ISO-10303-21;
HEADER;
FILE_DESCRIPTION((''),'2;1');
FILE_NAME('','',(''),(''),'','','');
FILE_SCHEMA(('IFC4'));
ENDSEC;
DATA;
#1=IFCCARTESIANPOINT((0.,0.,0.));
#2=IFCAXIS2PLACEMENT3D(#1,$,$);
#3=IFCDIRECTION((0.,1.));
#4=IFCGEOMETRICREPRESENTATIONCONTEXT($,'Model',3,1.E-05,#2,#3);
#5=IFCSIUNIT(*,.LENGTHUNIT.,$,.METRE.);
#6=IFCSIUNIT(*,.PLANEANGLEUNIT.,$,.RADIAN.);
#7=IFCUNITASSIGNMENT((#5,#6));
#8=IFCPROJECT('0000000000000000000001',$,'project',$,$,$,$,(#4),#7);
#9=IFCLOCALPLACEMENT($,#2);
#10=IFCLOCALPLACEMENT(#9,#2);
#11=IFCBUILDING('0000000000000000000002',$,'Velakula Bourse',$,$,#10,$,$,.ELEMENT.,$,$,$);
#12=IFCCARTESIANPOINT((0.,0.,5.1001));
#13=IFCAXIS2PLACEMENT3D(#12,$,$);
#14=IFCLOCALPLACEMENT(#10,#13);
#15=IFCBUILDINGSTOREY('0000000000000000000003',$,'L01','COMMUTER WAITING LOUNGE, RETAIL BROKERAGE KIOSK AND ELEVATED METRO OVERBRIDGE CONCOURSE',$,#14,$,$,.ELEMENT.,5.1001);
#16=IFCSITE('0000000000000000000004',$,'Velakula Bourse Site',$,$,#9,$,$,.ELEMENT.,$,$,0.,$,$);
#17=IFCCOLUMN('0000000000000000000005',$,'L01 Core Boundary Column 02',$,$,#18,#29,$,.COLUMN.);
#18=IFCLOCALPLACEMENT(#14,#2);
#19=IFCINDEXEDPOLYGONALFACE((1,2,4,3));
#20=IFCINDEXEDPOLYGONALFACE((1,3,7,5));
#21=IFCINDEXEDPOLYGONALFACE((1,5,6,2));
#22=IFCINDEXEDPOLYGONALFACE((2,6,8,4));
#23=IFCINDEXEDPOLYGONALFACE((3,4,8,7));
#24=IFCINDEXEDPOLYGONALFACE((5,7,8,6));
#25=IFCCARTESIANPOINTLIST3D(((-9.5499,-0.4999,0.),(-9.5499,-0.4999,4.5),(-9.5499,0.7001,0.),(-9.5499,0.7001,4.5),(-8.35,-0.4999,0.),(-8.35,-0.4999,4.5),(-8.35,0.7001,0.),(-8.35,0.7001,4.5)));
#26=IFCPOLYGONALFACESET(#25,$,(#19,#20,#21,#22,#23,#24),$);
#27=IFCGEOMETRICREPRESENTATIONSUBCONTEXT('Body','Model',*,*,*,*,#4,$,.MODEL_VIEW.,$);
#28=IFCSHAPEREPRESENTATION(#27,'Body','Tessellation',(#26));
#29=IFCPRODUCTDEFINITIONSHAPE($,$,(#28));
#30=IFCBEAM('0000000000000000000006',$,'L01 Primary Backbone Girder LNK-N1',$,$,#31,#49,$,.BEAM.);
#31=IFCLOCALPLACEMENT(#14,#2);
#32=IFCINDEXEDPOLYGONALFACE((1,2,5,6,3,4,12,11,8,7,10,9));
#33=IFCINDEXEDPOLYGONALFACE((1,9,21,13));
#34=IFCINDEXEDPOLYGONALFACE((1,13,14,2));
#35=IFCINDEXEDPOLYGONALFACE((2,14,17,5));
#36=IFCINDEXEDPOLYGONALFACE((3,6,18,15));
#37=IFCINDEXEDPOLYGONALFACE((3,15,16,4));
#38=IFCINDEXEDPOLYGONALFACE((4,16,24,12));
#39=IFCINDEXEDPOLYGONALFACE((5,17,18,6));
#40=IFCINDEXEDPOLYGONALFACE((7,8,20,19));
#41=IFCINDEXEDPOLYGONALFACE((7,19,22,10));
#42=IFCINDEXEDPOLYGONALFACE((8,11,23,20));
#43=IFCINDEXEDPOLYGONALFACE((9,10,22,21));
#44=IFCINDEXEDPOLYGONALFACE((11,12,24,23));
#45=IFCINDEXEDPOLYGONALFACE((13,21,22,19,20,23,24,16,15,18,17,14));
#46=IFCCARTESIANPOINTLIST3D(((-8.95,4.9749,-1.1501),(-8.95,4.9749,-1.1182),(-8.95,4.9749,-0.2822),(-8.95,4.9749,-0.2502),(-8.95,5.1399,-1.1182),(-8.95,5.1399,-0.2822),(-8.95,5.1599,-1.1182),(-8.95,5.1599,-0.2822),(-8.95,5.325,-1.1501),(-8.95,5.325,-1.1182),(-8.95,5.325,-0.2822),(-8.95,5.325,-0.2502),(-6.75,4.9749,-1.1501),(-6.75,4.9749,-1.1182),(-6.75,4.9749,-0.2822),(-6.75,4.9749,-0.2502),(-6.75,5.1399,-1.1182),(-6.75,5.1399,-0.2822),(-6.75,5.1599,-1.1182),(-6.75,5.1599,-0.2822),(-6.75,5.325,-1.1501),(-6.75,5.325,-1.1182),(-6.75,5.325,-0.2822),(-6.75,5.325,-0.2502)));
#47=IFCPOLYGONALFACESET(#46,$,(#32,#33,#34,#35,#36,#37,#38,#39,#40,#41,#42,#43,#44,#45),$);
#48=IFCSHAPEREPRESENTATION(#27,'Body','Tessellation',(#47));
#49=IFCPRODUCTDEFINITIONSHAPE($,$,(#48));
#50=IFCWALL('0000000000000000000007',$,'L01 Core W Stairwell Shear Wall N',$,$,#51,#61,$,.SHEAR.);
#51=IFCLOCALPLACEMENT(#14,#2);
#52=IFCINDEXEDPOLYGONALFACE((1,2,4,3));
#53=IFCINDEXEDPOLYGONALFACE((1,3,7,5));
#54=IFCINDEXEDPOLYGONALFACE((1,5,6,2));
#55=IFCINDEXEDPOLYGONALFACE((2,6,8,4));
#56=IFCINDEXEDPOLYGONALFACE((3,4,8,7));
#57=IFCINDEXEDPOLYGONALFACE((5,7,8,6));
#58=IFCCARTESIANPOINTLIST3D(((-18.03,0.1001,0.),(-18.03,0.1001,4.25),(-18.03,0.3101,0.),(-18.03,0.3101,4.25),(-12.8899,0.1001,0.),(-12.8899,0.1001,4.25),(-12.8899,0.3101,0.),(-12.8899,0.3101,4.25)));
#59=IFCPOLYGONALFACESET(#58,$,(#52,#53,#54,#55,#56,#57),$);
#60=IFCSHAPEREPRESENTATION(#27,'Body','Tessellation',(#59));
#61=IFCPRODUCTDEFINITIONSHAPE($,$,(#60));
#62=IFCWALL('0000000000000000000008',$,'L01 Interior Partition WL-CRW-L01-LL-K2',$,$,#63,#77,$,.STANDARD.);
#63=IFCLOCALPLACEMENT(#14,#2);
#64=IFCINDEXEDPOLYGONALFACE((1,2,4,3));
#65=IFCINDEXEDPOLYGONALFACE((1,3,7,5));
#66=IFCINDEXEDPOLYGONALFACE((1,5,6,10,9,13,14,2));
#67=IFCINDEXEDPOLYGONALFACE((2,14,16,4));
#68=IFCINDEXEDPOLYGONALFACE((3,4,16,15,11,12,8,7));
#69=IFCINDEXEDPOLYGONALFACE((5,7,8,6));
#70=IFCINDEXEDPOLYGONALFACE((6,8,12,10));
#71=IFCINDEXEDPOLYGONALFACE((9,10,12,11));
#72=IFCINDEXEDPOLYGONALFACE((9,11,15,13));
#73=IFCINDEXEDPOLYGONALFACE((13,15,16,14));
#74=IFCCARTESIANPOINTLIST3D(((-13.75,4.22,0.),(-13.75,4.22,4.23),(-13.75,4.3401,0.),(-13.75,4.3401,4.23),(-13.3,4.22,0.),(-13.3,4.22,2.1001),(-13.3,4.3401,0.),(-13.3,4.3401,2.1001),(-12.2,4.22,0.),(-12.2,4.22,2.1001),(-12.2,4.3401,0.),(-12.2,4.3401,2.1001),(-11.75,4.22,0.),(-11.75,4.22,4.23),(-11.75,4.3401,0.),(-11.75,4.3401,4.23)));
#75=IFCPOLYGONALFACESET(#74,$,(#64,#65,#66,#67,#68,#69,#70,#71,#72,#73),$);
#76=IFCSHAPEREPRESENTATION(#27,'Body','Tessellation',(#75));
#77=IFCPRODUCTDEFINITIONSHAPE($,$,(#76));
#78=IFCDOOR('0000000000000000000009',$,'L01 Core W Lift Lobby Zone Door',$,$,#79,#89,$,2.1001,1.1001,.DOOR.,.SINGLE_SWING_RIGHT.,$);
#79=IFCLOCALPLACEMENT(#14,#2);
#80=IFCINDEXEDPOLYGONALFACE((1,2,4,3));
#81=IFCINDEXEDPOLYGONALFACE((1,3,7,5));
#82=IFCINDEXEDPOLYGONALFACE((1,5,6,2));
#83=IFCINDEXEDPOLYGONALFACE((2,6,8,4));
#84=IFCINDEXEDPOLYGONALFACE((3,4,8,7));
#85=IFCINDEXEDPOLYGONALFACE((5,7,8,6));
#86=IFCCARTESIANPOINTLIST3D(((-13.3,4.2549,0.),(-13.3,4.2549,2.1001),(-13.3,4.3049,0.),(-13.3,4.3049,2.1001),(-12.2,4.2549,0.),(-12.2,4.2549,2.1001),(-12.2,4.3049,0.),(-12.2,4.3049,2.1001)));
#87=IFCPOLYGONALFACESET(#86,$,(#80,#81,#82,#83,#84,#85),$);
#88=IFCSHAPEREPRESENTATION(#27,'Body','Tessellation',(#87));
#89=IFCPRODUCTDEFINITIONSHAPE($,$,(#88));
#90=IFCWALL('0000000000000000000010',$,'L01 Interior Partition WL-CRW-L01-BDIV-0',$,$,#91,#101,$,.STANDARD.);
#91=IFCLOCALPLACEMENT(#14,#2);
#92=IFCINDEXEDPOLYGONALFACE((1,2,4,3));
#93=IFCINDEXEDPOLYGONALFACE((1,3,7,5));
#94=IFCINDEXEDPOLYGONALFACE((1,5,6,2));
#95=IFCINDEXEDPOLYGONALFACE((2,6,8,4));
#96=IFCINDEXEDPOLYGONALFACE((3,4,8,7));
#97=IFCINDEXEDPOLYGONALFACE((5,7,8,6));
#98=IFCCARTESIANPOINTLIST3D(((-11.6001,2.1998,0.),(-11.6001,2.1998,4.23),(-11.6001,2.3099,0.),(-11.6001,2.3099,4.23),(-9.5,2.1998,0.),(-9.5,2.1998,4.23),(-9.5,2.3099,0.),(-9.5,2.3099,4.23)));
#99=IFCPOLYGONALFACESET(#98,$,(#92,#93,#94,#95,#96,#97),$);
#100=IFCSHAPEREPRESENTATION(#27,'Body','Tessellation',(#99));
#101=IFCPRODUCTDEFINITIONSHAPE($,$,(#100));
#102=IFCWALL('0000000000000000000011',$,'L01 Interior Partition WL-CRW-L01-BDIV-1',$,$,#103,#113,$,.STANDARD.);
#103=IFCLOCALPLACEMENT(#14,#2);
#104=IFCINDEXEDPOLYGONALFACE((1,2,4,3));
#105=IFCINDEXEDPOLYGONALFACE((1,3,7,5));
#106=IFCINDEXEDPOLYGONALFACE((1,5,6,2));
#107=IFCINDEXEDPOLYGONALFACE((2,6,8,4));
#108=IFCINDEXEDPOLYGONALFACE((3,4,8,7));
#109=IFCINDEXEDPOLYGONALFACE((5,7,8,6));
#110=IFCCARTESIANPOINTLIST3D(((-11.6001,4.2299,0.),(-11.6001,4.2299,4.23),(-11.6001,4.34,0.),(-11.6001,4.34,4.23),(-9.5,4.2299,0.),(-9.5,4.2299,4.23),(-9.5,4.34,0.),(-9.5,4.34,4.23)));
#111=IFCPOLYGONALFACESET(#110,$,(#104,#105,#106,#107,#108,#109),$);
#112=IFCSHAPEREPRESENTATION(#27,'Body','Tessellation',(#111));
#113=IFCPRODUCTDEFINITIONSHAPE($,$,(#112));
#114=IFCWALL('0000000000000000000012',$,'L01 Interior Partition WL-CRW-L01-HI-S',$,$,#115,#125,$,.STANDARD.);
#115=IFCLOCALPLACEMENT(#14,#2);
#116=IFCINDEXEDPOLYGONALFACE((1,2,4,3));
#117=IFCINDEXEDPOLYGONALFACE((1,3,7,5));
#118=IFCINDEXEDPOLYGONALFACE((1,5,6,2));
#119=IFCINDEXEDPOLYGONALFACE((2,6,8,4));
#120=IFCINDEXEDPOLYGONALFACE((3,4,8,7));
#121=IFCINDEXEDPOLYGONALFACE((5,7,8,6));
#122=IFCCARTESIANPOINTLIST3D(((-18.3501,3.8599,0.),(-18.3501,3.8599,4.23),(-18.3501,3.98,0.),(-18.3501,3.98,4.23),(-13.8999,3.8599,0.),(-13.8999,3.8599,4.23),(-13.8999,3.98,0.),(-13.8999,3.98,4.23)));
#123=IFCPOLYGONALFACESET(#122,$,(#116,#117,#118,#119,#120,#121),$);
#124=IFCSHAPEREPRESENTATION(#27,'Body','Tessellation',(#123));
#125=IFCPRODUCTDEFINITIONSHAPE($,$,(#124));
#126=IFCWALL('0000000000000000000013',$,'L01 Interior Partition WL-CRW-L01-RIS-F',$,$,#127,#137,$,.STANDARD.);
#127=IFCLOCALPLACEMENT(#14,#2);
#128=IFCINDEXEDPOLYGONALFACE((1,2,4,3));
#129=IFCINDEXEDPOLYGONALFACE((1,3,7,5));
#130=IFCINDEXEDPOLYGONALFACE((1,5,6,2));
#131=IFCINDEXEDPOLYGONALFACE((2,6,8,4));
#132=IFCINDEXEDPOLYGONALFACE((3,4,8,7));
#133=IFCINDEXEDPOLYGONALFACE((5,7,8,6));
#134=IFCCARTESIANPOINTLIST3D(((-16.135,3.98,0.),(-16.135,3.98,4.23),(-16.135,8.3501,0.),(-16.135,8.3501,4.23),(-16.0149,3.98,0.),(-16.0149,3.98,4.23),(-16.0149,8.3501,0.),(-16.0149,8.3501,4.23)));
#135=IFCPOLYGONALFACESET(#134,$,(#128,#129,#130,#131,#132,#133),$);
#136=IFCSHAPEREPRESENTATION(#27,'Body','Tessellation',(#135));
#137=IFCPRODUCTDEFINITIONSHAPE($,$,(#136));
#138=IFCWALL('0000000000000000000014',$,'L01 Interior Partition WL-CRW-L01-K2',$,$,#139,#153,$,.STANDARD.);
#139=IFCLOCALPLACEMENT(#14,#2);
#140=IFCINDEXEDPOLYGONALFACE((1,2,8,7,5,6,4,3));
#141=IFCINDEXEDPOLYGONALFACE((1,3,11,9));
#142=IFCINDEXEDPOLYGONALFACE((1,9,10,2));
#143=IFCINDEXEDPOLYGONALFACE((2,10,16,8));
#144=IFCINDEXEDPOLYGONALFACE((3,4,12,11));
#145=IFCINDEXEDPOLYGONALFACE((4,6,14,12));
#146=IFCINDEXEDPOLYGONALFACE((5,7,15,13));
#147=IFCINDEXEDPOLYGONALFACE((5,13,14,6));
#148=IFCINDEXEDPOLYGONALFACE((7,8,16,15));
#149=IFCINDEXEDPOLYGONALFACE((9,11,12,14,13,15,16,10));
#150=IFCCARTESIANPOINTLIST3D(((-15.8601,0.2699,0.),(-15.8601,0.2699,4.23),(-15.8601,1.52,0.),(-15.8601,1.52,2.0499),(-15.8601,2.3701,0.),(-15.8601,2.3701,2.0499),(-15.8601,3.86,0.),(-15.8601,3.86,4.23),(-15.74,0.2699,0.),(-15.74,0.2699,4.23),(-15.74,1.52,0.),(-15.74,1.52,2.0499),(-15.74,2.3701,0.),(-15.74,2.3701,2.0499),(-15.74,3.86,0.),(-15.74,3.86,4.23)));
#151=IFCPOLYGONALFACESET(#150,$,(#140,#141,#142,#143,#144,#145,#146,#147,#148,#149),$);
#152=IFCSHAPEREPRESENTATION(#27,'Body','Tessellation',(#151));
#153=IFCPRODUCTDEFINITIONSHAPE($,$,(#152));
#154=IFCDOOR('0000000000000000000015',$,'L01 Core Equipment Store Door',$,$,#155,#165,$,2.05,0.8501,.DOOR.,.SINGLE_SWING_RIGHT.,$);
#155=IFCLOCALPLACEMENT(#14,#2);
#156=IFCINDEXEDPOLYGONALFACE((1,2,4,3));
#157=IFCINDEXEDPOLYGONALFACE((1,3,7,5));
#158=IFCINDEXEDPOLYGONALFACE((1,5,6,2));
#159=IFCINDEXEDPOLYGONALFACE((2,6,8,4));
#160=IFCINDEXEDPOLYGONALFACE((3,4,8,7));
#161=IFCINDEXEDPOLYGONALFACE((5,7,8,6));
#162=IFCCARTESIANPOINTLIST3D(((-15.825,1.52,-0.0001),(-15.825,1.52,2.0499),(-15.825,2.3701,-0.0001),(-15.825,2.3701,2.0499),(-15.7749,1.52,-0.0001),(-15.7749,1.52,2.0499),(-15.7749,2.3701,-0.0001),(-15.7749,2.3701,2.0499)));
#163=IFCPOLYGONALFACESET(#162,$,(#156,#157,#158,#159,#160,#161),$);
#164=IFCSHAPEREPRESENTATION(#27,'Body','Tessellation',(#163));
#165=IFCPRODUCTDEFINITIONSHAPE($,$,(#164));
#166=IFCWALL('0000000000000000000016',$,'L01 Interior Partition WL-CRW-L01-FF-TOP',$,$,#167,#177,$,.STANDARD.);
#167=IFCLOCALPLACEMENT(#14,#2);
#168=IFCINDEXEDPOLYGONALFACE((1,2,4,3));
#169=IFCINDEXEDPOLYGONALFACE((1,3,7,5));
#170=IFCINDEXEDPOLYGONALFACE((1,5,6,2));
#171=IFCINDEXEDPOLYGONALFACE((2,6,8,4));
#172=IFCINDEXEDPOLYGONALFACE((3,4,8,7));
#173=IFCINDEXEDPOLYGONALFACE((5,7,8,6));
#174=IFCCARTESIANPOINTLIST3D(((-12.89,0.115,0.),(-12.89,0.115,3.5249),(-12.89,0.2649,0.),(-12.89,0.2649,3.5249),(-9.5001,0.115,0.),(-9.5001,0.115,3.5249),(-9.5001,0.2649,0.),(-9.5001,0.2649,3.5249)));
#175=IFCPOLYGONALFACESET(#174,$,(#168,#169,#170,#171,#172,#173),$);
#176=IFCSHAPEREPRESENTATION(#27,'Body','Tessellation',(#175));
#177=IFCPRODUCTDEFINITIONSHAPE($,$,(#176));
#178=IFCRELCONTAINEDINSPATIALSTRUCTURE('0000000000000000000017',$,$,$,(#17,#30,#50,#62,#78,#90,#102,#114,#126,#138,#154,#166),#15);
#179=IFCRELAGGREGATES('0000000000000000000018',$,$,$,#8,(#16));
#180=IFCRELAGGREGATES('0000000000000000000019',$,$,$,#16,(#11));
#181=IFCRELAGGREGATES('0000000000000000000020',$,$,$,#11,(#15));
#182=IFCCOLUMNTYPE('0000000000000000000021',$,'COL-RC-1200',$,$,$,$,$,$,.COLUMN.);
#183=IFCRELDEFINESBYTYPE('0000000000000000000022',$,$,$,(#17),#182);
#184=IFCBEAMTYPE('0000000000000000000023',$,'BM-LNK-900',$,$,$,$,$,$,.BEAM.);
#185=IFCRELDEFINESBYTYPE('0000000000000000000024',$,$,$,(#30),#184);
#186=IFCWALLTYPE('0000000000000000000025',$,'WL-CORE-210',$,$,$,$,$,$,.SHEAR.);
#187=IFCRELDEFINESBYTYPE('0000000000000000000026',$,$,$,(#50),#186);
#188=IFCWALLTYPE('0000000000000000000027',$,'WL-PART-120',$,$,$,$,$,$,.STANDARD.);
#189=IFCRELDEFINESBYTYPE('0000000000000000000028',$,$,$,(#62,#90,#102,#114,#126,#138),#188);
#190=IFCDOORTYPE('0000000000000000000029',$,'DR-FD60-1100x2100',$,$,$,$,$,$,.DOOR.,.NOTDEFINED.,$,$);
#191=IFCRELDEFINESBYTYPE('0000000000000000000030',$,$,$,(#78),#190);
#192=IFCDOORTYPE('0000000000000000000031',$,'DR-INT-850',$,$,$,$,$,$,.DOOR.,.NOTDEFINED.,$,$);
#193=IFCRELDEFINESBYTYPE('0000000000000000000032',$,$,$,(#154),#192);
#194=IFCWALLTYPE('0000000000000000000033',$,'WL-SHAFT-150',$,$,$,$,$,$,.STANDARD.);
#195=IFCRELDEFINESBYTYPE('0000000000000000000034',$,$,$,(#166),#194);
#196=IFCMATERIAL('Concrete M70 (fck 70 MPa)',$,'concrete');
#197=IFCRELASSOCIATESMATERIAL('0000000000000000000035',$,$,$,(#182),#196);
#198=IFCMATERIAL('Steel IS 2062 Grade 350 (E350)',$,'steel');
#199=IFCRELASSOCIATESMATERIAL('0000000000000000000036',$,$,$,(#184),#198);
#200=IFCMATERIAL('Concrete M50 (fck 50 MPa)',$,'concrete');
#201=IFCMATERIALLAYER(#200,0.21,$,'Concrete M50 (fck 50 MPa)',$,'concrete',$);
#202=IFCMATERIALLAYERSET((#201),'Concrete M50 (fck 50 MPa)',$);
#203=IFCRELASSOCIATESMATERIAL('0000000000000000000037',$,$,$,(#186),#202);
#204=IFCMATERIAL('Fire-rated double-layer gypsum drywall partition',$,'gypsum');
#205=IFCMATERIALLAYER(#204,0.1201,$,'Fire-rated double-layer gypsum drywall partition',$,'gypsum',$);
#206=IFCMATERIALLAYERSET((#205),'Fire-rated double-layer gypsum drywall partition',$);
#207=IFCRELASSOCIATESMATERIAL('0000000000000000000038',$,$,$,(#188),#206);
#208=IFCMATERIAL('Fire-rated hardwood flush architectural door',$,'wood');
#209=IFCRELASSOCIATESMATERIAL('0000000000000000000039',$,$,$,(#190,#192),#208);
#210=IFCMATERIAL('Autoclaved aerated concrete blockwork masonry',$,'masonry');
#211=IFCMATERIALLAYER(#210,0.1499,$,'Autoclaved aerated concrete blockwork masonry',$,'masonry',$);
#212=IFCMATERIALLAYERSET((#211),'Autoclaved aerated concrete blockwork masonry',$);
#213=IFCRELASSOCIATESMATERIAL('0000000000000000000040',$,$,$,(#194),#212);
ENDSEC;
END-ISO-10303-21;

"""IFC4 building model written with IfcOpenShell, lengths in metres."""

from ifc_helpers import new_model, si_unit, direction, frame, frame_2d, origin, origin_2d, place, context, subcontext, project, spatial, rectangle, i_section, extrude, material, layer, layer_set, material_profile, profile_set, type_object, element, fill, save


model = new_model("IFC4")

# Units and contexts
model_context = context("Model", 3, precision=1e-05, world=origin(), true_north=direction((0.0, 1.0)))
body_context = subcontext(model_context, "Body", "Model", "MODEL_VIEW")
ifc_project = project(units=[si_unit("LENGTHUNIT", "METRE"), si_unit("PLANEANGLEUNIT", "RADIAN")], contexts=[model_context])

# Site, building, storey
site_placement = place(None, origin())
site = spatial("IfcSite", under=ifc_project, at=site_placement, Name="Velakula Bourse Site", CompositionType="ELEMENT", RefElevation=0.0)
building_placement = place(site_placement, origin())
building = spatial("IfcBuilding", under=site, at=building_placement, Name="Velakula Bourse", CompositionType="ELEMENT")
storey_placement = place(building_placement, frame((0.0, 0.0, 5.1001)))
storey = spatial("IfcBuildingStorey", under=building, at=storey_placement, Name="L01", Description="COMMUTER WAITING LOUNGE, RETAIL BROKERAGE KIOSK AND ELEVATED METRO OVERBRIDGE CONCOURSE", CompositionType="ELEMENT", Elevation=5.1001)

# Column
ifc_material_1 = material(Name="Concrete M70 (fck 70 MPa)", Category="concrete")
ifc_material_profile_1 = material_profile(ifc_material_1, rectangle(XDim=1.2, YDim=1.2, at=origin_2d()), Name="Concrete M70 (fck 70 MPa)")
ifc_profile_set_1 = profile_set([ifc_material_profile_1], Name="Concrete M70 (fck 70 MPa)")
column_type = type_object("IfcColumnType", Name="COL-RC-1200", PredefinedType="COLUMN", material=ifc_profile_set_1)
column_placement = place(storey_placement, frame((-8.95, 0.1001, 0.0), z_axis=(0.0, 0.0, 1.0), x_axis=(1.0, 0.0, 0.0)))
element("IfcColumn", 1, at=column_placement, inside=storey, type_object=column_type, Name="L01 Core Boundary Column 02", PredefinedType="COLUMN", context=body_context, shape_type="SweptSolid", body=[
    extrude(rectangle(XDim=1.2, YDim=1.2, at=origin_2d()), origin(), (0.0, 0.0, 1.0), 4.5),
])

# Beam
ifc_material_2 = material(Name="Steel IS 2062 Grade 350 (E350)", Category="steel")
ifc_material_profile_2 = material_profile(ifc_material_2, i_section(OverallWidth=0.3501, OverallDepth=0.8999, WebThickness=0.02, FlangeThickness=0.032, at=origin_2d()), Name="Steel IS 2062 Grade 350 (E350)")
ifc_profile_set_2 = profile_set([ifc_material_profile_2], Name="Steel IS 2062 Grade 350 (E350)")
beam_type = type_object("IfcBeamType", Name="BM-LNK-900", PredefinedType="BEAM", material=ifc_profile_set_2)
beam_placement = place(storey_placement, frame((-8.95, 5.1499, -0.7002), z_axis=(1.0, 0.0, 0.0), x_axis=(0.0, 1.0, 0.0)))
element("IfcBeam", 2, at=beam_placement, inside=storey, type_object=beam_type, Name="L01 Primary Backbone Girder LNK-N1", PredefinedType="BEAM", context=body_context, shape_type="SweptSolid", body=[
    extrude(i_section(OverallWidth=0.3501, OverallDepth=0.8999, WebThickness=0.02, FlangeThickness=0.032, at=origin_2d()), origin(), (0.0, 0.0, 1.0), 2.2),
])

# Wall
ifc_material_3 = material(Name="Concrete M50 (fck 50 MPa)", Category="concrete")
ifc_layer_1 = layer(ifc_material_3, 0.21, Name="Concrete M50 (fck 50 MPa)", Category="concrete")
ifc_layer_set_1 = layer_set([ifc_layer_1], Name="Concrete M50 (fck 50 MPa)")
wall_type_1 = type_object("IfcWallType", Name="WL-CORE-210", PredefinedType="SHEAR", material=ifc_layer_set_1)
wall_1_placement = place(storey_placement, frame((-12.8899, 0.2051, 0.0), z_axis=(0.0, 0.0, 1.0), x_axis=(-1.0, 0.0, 0.0)))
element("IfcWall", 3, at=wall_1_placement, inside=storey, type_object=wall_type_1, Name="L01 Core W Stairwell Shear Wall N", PredefinedType="SHEAR", context=body_context, shape_type="SweptSolid", body=[
    extrude(rectangle(XDim=5.1401, YDim=0.21, at=frame_2d((2.5701, 0.0))), origin(), (0.0, 0.0, 1.0), 4.25),
])

# Wall, opening, door
ifc_material_4 = material(Name="Fire-rated double-layer gypsum drywall partition", Category="gypsum")
ifc_layer_2 = layer(ifc_material_4, 0.1201, Name="Fire-rated double-layer gypsum drywall partition", Category="gypsum")
ifc_layer_set_2 = layer_set([ifc_layer_2], Name="Fire-rated double-layer gypsum drywall partition")
wall_type_2 = type_object("IfcWallType", Name="WL-PART-120", PredefinedType="STANDARD", material=ifc_layer_set_2)
wall_2_placement = place(storey_placement, frame((-13.75, 4.28, 0.0), z_axis=(0.0, 0.0, 1.0), x_axis=(1.0, 0.0, 0.0)))
wall_2 = element("IfcWall", 4, at=wall_2_placement, inside=storey, type_object=wall_type_2, Name="L01 Interior Partition WL-CRW-L01-LL-K2", PredefinedType="STANDARD", context=body_context, shape_type="SweptSolid", body=[
    extrude(rectangle(XDim=2.0, YDim=0.1201, at=frame_2d((1.0, 0.0))), origin(), (0.0, 0.0, 1.0), 4.23),
])
opening_1_placement = place(wall_2_placement, frame((0.45, 0.0, 0.0)))
opening_1 = element("IfcOpeningElement", 5, at=opening_1_placement, cuts=wall_2, PredefinedType="OPENING", context=body_context, shape_type="SweptSolid", body=[
    extrude(rectangle(XDim=1.1001, YDim=2.1001, at=frame_2d((0.55, 1.05))), frame((0.0, 0.0701, 0.0), z_axis=(0.0, -1.0, 0.0), x_axis=(1.0, 0.0, 0.0)), (0.0, 0.0, 1.0), 0.1401),
])
ifc_material_5 = material(Name="Fire-rated hardwood flush architectural door", Category="wood")
door_type_1 = type_object("IfcDoorType", Name="DR-FD60-1100x2100", OperationType="NOTDEFINED", PredefinedType="DOOR", material=ifc_material_5)
door_1_placement = place(opening_1_placement, origin())
door_1 = element("IfcDoor", 6, at=door_1_placement, inside=storey, type_object=door_type_1, Name="L01 Core W Lift Lobby Zone Door", OperationType="SINGLE_SWING_RIGHT", OverallHeight=2.1001, OverallWidth=1.1001, PredefinedType="DOOR", context=body_context, shape_type="SweptSolid", body=[
    extrude(rectangle(XDim=1.1001, YDim=2.1001, at=frame_2d((0.55, 1.05))), frame((0.0, 0.0249, 0.0), z_axis=(0.0, -1.0, 0.0), x_axis=(1.0, 0.0, 0.0)), (0.0, 0.0, 1.0), 0.05),
])
fill(opening_1, door_1)

# Walls
for number, where, z_axis, x_axis, name in (
    (7, (-11.6001, 2.2549, 0.0), (0.0, 0.0, 1.0), (1.0, 0.0, 0.0), "L01 Interior Partition WL-CRW-L01-BDIV-0"),
    (8, (-11.6001, 4.2849, 0.0), (0.0, 0.0, 1.0), (1.0, 0.0, 0.0), "L01 Interior Partition WL-CRW-L01-BDIV-1"),
):
    element("IfcWall", number, at=place(storey_placement, frame(where, z_axis=z_axis, x_axis=x_axis)), inside=storey, type_object=wall_type_2, Name=name, PredefinedType="STANDARD", context=body_context, shape_type="SweptSolid", body=[
        extrude(rectangle(XDim=2.1001, YDim=0.1101, at=frame_2d((1.05, 0.0))), origin(), (0.0, 0.0, 1.0), 4.23),
    ])
wall_3_placement = place(storey_placement, frame((-18.3501, 3.9199, 0.0), z_axis=(0.0, 0.0, 1.0), x_axis=(1.0, 0.0, 0.0)))
element("IfcWall", 9, at=wall_3_placement, inside=storey, type_object=wall_type_2, Name="L01 Interior Partition WL-CRW-L01-HI-S", PredefinedType="STANDARD", context=body_context, shape_type="SweptSolid", body=[
    extrude(rectangle(XDim=4.4502, YDim=0.1201, at=frame_2d((2.2251, 0.0))), origin(), (0.0, 0.0, 1.0), 4.23),
])
wall_4_placement = place(storey_placement, frame((-16.075, 3.98, 0.0), z_axis=(0.0, 0.0, 1.0), x_axis=(0.0, 1.0, 0.0)))
element("IfcWall", 10, at=wall_4_placement, inside=storey, type_object=wall_type_2, Name="L01 Interior Partition WL-CRW-L01-RIS-F", PredefinedType="STANDARD", context=body_context, shape_type="SweptSolid", body=[
    extrude(rectangle(XDim=4.3701, YDim=0.1201, at=frame_2d((2.1851, 0.0))), origin(), (0.0, 0.0, 1.0), 4.23),
])

# Wall, opening, door
wall_5_placement = place(storey_placement, frame((-15.8, 0.27, 0.0), z_axis=(0.0, 0.0, 1.0), x_axis=(0.0, 1.0, 0.0)))
wall_5 = element("IfcWall", 11, at=wall_5_placement, inside=storey, type_object=wall_type_2, Name="L01 Interior Partition WL-CRW-L01-K2", PredefinedType="STANDARD", context=body_context, shape_type="SweptSolid", body=[
    extrude(rectangle(XDim=3.5901, YDim=0.1201, at=frame_2d((1.7949, 0.0))), origin(), (0.0, 0.0, 1.0), 4.23),
])
opening_2_placement = place(wall_5_placement, frame((1.25, 0.0, 0.0)))
opening_2 = element("IfcOpeningElement", 12, at=opening_2_placement, cuts=wall_5, PredefinedType="OPENING", context=body_context, shape_type="SweptSolid", body=[
    extrude(rectangle(XDim=0.8501, YDim=2.05, at=frame_2d((0.425, 1.0249))), frame((0.0, 0.0701, 0.0), z_axis=(0.0, -1.0, 0.0), x_axis=(1.0, 0.0, 0.0)), (0.0, 0.0, 1.0), 0.1401),
])
door_type_2 = type_object("IfcDoorType", Name="DR-INT-850", OperationType="NOTDEFINED", PredefinedType="DOOR", material=ifc_material_5)
door_2_placement = place(opening_2_placement, origin())
door_2 = element("IfcDoor", 13, at=door_2_placement, inside=storey, type_object=door_type_2, Name="L01 Core Equipment Store Door", OperationType="SINGLE_SWING_RIGHT", OverallHeight=2.05, OverallWidth=0.8501, PredefinedType="DOOR", context=body_context, shape_type="SweptSolid", body=[
    extrude(rectangle(XDim=0.8501, YDim=2.05, at=frame_2d((0.425, 1.0249))), frame((0.0, 0.0249, 0.0), z_axis=(0.0, -1.0, 0.0), x_axis=(1.0, 0.0, 0.0)), (0.0, 0.0, 1.0), 0.05),
])
fill(opening_2, door_2)

# Wall
ifc_material_6 = material(Name="Autoclaved aerated concrete blockwork masonry", Category="masonry")
ifc_layer_3 = layer(ifc_material_6, 0.1499, Name="Autoclaved aerated concrete blockwork masonry", Category="masonry")
ifc_layer_set_3 = layer_set([ifc_layer_3], Name="Autoclaved aerated concrete blockwork masonry")
wall_type_3 = type_object("IfcWallType", Name="WL-SHAFT-150", PredefinedType="STANDARD", material=ifc_layer_set_3)
wall_6_placement = place(storey_placement, frame((-12.8899, 0.1899, 0.0), z_axis=(0.0, 0.0, 1.0), x_axis=(1.0, 0.0, 0.0)))
element("IfcWall", 14, at=wall_6_placement, inside=storey, type_object=wall_type_3, Name="L01 Interior Partition WL-CRW-L01-FF-TOP", PredefinedType="STANDARD", context=body_context, shape_type="SweptSolid", body=[
    extrude(rectangle(XDim=3.3899, YDim=0.1499, at=frame_2d((1.6948, 0.0))), origin(), (0.0, 0.0, 1.0), 3.5249),
])

save(model, "model.ifc")
